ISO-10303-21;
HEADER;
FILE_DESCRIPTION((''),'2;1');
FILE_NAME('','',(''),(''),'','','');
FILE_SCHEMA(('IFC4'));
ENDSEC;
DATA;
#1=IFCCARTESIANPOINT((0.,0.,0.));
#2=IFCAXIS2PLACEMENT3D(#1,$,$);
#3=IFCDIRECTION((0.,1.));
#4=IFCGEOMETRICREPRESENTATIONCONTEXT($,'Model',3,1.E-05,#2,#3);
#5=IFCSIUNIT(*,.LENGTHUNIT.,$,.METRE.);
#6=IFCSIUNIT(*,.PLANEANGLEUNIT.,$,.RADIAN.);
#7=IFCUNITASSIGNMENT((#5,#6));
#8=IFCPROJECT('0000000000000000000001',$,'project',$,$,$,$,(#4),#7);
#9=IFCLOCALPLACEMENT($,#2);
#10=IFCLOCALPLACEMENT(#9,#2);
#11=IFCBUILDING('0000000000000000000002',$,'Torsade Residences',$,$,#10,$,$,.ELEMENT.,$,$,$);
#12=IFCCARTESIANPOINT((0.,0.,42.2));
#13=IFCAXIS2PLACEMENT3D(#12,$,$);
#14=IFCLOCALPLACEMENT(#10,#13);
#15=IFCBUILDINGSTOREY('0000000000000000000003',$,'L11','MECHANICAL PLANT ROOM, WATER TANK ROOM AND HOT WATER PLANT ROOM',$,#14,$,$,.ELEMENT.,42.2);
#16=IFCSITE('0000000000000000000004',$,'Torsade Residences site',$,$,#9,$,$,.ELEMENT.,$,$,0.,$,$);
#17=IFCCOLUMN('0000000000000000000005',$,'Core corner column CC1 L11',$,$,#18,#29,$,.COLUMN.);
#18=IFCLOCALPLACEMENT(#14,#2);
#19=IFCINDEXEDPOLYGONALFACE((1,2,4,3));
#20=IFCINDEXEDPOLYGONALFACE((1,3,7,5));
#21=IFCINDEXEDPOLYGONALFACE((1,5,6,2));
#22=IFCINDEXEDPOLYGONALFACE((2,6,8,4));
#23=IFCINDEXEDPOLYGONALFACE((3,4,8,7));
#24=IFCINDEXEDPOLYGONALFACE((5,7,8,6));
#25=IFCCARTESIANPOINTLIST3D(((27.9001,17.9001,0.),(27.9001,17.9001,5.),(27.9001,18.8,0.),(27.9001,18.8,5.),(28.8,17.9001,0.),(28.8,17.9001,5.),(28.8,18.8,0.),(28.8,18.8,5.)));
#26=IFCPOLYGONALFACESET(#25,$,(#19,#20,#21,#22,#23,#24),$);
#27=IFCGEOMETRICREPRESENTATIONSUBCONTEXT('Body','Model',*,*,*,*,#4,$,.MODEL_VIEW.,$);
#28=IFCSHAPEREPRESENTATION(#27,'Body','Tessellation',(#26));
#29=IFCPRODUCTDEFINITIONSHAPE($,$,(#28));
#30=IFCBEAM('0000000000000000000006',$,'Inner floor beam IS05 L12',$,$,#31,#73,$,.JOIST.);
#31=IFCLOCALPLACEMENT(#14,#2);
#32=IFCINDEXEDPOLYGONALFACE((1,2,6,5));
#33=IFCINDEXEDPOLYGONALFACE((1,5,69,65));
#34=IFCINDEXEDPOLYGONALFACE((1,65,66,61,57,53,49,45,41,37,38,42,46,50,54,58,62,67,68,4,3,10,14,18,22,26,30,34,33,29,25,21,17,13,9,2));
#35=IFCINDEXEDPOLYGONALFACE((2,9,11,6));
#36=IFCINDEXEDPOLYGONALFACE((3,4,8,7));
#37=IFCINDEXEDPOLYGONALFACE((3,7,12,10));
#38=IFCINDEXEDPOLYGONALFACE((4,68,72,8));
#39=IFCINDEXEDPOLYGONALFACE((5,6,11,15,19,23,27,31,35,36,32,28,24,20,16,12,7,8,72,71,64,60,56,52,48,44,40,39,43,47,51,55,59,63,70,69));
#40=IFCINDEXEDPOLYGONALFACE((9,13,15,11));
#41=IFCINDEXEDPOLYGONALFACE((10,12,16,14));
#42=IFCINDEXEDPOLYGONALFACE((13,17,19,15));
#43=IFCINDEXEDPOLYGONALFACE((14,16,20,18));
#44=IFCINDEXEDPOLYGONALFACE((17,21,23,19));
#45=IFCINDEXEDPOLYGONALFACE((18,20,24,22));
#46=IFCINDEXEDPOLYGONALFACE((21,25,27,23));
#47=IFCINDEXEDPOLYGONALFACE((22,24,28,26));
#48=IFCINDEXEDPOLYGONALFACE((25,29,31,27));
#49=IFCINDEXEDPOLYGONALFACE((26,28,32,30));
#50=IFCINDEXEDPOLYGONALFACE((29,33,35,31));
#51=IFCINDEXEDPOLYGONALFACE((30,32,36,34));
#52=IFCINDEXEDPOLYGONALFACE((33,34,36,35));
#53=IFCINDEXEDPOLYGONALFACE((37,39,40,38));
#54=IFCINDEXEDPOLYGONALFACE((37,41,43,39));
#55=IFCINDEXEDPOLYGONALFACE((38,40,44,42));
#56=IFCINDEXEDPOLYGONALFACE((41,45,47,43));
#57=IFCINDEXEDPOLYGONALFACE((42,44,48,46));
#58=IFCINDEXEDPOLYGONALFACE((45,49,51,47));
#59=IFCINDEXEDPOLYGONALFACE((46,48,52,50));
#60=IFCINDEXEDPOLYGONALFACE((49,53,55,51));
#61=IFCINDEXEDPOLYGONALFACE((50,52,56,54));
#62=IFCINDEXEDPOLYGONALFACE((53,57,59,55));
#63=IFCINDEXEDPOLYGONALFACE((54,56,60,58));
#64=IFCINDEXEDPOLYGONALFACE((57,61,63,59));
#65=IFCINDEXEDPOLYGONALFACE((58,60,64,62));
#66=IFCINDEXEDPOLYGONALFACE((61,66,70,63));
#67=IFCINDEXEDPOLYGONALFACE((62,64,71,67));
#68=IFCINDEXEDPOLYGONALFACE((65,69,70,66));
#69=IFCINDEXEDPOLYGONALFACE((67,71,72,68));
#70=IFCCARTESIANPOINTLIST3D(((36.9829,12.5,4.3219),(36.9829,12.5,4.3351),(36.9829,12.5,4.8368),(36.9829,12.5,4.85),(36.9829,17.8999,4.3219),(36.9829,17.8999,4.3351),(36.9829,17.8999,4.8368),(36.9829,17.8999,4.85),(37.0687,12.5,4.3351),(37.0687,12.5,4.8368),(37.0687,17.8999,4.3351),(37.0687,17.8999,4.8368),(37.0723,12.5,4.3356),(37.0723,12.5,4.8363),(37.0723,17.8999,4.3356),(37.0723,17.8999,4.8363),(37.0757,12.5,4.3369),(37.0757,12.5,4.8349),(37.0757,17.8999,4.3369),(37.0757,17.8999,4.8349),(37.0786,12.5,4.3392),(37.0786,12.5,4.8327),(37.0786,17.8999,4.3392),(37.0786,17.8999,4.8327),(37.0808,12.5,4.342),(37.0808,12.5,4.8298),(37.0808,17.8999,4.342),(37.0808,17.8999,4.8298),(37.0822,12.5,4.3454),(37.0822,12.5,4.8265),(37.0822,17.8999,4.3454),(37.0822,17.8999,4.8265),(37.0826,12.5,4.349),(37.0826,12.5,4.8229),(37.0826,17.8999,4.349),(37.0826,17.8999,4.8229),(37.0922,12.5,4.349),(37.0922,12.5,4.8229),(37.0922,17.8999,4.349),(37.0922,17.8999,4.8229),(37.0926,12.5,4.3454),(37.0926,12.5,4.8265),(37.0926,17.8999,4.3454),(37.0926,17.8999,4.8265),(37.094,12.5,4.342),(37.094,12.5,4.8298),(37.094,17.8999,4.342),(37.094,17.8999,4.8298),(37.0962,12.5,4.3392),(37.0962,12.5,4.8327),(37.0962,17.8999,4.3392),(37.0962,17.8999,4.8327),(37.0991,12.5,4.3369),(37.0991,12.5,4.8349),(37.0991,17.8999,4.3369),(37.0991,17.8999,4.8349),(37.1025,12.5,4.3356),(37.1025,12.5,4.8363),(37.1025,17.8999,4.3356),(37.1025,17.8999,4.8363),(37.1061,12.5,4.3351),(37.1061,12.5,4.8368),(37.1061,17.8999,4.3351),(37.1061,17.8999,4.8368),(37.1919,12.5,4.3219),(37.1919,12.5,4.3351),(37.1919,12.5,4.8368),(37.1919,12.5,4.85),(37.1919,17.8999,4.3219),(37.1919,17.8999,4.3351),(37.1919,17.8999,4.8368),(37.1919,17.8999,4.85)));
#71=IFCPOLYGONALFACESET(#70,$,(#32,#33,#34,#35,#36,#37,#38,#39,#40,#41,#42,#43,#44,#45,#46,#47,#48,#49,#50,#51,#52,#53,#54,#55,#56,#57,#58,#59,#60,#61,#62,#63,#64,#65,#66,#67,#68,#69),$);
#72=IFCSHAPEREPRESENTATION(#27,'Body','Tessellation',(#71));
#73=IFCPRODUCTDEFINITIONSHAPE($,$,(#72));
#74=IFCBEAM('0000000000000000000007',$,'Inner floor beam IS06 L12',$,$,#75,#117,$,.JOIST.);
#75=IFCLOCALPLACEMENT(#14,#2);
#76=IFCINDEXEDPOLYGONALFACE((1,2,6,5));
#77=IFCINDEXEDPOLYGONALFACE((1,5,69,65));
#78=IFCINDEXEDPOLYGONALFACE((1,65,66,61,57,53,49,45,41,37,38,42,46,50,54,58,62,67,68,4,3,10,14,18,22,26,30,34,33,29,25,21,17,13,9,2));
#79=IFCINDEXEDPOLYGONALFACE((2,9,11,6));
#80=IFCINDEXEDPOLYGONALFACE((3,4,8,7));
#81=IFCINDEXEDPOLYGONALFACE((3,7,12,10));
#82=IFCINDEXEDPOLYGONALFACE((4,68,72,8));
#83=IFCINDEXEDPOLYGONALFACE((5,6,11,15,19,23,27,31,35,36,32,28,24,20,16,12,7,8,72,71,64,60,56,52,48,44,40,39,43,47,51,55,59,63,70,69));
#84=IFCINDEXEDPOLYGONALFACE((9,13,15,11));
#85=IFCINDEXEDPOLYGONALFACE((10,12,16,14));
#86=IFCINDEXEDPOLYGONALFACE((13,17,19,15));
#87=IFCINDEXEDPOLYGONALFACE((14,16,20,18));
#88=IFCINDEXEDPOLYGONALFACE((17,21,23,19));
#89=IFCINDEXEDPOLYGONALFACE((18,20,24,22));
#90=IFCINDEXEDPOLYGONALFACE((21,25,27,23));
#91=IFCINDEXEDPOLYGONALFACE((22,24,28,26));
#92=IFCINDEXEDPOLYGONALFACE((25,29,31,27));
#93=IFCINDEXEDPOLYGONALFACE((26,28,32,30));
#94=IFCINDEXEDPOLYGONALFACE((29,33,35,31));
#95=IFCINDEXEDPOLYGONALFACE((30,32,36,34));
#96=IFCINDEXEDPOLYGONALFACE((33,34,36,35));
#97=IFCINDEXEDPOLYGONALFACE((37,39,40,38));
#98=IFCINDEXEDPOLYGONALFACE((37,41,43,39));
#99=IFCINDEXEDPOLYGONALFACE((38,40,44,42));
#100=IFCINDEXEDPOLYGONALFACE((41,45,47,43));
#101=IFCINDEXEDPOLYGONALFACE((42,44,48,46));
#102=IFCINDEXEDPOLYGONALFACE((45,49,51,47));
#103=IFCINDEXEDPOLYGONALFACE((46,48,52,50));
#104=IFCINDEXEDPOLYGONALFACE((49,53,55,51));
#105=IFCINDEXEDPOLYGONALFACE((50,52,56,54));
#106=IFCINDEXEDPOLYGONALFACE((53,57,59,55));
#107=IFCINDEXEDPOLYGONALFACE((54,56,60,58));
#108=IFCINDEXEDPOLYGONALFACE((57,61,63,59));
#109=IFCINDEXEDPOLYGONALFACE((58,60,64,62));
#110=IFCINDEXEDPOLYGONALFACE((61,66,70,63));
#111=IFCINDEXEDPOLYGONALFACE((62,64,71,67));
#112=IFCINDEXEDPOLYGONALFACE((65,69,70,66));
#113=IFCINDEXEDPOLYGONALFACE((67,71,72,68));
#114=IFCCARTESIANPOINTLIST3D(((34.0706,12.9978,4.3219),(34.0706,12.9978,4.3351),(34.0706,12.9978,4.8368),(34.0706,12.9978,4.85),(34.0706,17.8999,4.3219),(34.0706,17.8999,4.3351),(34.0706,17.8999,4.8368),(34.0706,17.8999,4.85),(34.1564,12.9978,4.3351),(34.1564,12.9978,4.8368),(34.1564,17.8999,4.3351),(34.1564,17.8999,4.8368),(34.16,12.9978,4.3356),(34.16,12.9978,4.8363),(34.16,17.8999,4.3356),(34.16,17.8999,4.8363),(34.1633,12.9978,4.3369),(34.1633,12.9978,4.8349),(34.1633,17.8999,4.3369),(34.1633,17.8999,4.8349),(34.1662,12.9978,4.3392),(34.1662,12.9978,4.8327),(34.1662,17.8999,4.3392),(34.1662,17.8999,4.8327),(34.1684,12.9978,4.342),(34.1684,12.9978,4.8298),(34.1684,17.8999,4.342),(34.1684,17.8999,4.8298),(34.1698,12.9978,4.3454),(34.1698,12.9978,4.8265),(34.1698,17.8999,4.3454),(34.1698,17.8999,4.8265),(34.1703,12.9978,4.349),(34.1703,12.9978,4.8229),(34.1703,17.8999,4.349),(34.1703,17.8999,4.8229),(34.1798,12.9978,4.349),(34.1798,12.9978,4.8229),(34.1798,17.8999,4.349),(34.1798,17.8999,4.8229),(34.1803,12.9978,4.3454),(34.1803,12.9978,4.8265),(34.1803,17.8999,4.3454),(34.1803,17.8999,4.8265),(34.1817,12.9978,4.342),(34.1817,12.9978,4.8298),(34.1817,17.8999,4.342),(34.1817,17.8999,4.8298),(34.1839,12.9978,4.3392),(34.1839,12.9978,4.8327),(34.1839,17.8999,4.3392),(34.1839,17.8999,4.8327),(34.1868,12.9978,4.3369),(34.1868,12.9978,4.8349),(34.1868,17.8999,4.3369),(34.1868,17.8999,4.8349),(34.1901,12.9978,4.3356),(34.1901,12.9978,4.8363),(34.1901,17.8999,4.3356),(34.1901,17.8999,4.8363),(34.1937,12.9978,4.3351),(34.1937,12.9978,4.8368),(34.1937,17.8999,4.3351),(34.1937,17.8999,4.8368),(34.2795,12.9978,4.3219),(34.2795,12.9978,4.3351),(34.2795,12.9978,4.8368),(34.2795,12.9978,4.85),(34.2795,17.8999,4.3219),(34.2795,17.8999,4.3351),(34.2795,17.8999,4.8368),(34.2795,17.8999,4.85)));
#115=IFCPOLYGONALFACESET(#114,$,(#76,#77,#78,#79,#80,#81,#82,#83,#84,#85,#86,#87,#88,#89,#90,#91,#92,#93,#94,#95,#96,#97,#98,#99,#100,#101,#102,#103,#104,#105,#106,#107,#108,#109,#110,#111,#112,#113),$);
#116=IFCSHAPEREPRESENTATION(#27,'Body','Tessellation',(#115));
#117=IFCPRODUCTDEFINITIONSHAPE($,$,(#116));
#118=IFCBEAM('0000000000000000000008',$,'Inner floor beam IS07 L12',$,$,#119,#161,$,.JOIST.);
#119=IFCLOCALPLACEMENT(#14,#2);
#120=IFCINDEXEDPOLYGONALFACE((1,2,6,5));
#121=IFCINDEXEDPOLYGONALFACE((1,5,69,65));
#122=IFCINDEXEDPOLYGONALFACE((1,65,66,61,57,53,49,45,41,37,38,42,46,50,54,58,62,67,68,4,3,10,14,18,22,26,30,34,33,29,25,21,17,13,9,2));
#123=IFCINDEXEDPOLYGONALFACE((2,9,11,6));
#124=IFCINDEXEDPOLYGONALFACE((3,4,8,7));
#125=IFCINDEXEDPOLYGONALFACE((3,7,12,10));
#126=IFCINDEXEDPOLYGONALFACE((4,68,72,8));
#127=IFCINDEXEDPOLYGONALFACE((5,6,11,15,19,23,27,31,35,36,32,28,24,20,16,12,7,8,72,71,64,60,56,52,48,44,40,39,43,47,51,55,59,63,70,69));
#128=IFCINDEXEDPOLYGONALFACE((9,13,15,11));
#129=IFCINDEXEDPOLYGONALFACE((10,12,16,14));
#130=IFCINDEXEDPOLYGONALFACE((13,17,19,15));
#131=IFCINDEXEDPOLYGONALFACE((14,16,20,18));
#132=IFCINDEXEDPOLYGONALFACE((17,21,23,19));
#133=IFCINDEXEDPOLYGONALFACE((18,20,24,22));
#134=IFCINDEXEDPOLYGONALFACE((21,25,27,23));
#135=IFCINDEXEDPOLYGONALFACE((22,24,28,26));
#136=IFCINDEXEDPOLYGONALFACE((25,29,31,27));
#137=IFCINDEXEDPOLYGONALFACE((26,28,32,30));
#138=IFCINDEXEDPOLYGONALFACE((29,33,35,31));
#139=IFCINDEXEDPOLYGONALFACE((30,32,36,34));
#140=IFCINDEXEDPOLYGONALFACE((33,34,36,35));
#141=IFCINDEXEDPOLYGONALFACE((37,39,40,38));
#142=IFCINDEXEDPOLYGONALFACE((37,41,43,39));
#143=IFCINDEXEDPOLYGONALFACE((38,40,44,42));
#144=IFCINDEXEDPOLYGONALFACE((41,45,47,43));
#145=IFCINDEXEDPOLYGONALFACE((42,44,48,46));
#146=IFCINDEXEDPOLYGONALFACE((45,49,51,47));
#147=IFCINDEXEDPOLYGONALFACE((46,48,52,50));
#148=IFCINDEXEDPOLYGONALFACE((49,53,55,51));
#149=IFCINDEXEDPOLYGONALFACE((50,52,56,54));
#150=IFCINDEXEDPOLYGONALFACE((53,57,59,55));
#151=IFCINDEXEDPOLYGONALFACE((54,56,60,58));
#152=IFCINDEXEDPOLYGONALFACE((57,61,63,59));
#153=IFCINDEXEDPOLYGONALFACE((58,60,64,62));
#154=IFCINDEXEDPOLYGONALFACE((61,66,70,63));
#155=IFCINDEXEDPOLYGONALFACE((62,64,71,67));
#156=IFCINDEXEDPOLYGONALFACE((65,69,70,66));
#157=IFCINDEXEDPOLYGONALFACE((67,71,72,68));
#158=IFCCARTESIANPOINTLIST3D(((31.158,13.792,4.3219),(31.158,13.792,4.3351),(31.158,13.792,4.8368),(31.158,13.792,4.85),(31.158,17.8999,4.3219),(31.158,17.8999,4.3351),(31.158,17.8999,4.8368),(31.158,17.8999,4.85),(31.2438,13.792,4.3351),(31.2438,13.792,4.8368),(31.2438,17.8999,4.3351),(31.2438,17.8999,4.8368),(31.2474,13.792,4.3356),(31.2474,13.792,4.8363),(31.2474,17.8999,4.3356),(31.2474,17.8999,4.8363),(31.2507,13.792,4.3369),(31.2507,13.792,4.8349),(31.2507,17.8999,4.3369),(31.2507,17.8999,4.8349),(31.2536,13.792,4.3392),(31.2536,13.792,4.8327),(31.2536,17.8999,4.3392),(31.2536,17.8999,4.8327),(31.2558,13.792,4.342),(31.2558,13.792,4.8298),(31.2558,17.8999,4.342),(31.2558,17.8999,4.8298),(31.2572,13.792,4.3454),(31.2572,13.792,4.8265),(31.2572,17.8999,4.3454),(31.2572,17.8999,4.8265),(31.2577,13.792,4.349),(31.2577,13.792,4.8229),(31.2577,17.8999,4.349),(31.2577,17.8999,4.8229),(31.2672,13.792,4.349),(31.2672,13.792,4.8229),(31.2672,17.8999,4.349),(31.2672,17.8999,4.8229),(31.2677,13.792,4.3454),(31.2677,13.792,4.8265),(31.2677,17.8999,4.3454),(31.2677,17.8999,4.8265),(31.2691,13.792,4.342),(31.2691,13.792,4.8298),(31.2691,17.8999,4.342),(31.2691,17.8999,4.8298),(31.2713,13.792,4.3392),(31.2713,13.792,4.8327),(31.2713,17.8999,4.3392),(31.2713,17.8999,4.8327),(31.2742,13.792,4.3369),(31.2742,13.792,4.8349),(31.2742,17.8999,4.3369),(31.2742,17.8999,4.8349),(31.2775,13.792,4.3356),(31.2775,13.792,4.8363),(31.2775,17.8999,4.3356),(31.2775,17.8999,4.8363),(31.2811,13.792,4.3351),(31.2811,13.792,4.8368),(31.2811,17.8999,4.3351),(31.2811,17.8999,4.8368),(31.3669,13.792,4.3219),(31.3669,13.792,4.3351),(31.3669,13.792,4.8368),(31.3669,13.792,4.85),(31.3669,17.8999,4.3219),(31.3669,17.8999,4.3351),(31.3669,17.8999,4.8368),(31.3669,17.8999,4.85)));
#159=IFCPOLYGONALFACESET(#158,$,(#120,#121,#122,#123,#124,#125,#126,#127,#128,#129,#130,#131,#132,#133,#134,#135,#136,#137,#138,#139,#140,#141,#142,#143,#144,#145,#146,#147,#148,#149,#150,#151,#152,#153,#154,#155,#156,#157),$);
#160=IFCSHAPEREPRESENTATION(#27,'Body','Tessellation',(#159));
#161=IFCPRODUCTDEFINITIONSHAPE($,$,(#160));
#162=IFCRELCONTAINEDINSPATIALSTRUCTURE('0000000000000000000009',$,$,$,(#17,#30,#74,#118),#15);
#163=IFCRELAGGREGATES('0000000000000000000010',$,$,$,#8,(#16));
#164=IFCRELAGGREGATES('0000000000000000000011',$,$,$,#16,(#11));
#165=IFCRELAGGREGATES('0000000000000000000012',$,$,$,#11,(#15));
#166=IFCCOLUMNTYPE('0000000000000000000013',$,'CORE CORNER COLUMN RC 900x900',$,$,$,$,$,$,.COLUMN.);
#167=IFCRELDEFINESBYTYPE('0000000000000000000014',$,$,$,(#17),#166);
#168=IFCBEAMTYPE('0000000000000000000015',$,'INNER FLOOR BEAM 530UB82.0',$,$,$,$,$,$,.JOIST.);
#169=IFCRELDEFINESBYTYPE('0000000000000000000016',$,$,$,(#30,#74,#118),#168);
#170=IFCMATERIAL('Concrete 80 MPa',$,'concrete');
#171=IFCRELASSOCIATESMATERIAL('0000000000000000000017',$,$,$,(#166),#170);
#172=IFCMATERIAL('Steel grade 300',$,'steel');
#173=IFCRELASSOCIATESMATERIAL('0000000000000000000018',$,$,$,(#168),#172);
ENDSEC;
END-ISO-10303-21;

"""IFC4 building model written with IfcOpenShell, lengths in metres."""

from ifc_helpers import new_model, si_unit, direction, frame, origin, origin_2d, place, context, subcontext, project, spatial, rectangle, i_section, extrude, material, material_profile, profile_set, type_object, element, save


model = new_model("IFC4")

# Units and contexts
model_context = context("Model", 3, precision=1e-05, world=origin(), true_north=direction((0.0, 1.0)))
body_context = subcontext(model_context, "Body", "Model", "MODEL_VIEW")
ifc_project = project(units=[si_unit("LENGTHUNIT", "METRE"), si_unit("PLANEANGLEUNIT", "RADIAN")], contexts=[model_context])

# Site, building, storey
site_placement = place(None, origin())
site = spatial("IfcSite", under=ifc_project, at=site_placement, Name="Torsade Residences site", CompositionType="ELEMENT", RefElevation=0.0)
building_placement = place(site_placement, origin())
building = spatial("IfcBuilding", under=site, at=building_placement, Name="Torsade Residences", CompositionType="ELEMENT")
storey_placement = place(building_placement, frame((0.0, 0.0, 42.2)))
storey = spatial("IfcBuildingStorey", under=building, at=storey_placement, Name="L11", Description="MECHANICAL PLANT ROOM, WATER TANK ROOM AND HOT WATER PLANT ROOM", CompositionType="ELEMENT", Elevation=42.2)

# Column
ifc_material_1 = material(Name="Concrete 80 MPa", Category="concrete")
ifc_material_profile_1 = material_profile(ifc_material_1, rectangle(XDim=0.8999, YDim=0.8999, at=origin_2d()), Name="RC 900x900")
ifc_profile_set_1 = profile_set([ifc_material_profile_1], Name="Concrete 80 MPa")
column_type = type_object("IfcColumnType", Name="CORE CORNER COLUMN RC 900x900", PredefinedType="COLUMN", material=ifc_profile_set_1)
column_placement = place(storey_placement, frame((28.3501, 18.3501, 0.0), z_axis=(0.0, 0.0, 1.0), x_axis=(1.0, 0.0, 0.0)))
element("IfcColumn", 1, at=column_placement, inside=storey, type_object=column_type, Name="Core corner column CC1 L11", PredefinedType="COLUMN", context=body_context, shape_type="SweptSolid", body=[
    extrude(rectangle(XDim=0.8999, YDim=0.8999, at=origin_2d()), origin(), (0.0, 0.0, 1.0), 5.0),
])

# Beams
ifc_material_2 = material(Name="Steel grade 300", Category="steel")
ifc_material_profile_2 = material_profile(ifc_material_2, i_section(OverallWidth=0.209, OverallDepth=0.5281, WebThickness=0.0095, FlangeThickness=0.0132, FilletRadius=0.0139, at=origin_2d()), Name="530UB82.0")
ifc_profile_set_2 = profile_set([ifc_material_profile_2], Name="Steel grade 300")
beam_type = type_object("IfcBeamType", Name="INNER FLOOR BEAM 530UB82.0", PredefinedType="JOIST", material=ifc_profile_set_2)
beam_1_placement = place(storey_placement, frame((37.0874, 17.8999, 4.5859), z_axis=(0.0, -1.0, 0.0), x_axis=(1.0, 0.0, 0.0)))
element("IfcBeam", 2, at=beam_1_placement, inside=storey, type_object=beam_type, Name="Inner floor beam IS05 L12", PredefinedType="JOIST", context=body_context, shape_type="SweptSolid", body=[
    extrude(i_section(OverallWidth=0.209, OverallDepth=0.5281, WebThickness=0.0095, FlangeThickness=0.0132, FilletRadius=0.0139, at=origin_2d()), origin(), (0.0, 0.0, 1.0), 5.3999),
])
beam_2_placement = place(storey_placement, frame((34.175, 17.8999, 4.5859), z_axis=(0.0, -1.0, 0.0), x_axis=(1.0, 0.0, 0.0)))
element("IfcBeam", 3, at=beam_2_placement, inside=storey, type_object=beam_type, Name="Inner floor beam IS06 L12", PredefinedType="JOIST", context=body_context, shape_type="SweptSolid", body=[
    extrude(i_section(OverallWidth=0.209, OverallDepth=0.5281, WebThickness=0.0095, FlangeThickness=0.0132, FilletRadius=0.0139, at=origin_2d()), origin(), (0.0, 0.0, 1.0), 4.9021),
])
beam_3_placement = place(storey_placement, frame((31.2625, 17.8999, 4.5859), z_axis=(0.0, -1.0, 0.0), x_axis=(1.0, 0.0, 0.0)))
element("IfcBeam", 4, at=beam_3_placement, inside=storey, type_object=beam_type, Name="Inner floor beam IS07 L12", PredefinedType="JOIST", context=body_context, shape_type="SweptSolid", body=[
    extrude(i_section(OverallWidth=0.209, OverallDepth=0.5281, WebThickness=0.0095, FlangeThickness=0.0132, FilletRadius=0.0139, at=origin_2d()), origin(), (0.0, 0.0, 1.0), 4.1079),
])

save(model, "model.ifc")
